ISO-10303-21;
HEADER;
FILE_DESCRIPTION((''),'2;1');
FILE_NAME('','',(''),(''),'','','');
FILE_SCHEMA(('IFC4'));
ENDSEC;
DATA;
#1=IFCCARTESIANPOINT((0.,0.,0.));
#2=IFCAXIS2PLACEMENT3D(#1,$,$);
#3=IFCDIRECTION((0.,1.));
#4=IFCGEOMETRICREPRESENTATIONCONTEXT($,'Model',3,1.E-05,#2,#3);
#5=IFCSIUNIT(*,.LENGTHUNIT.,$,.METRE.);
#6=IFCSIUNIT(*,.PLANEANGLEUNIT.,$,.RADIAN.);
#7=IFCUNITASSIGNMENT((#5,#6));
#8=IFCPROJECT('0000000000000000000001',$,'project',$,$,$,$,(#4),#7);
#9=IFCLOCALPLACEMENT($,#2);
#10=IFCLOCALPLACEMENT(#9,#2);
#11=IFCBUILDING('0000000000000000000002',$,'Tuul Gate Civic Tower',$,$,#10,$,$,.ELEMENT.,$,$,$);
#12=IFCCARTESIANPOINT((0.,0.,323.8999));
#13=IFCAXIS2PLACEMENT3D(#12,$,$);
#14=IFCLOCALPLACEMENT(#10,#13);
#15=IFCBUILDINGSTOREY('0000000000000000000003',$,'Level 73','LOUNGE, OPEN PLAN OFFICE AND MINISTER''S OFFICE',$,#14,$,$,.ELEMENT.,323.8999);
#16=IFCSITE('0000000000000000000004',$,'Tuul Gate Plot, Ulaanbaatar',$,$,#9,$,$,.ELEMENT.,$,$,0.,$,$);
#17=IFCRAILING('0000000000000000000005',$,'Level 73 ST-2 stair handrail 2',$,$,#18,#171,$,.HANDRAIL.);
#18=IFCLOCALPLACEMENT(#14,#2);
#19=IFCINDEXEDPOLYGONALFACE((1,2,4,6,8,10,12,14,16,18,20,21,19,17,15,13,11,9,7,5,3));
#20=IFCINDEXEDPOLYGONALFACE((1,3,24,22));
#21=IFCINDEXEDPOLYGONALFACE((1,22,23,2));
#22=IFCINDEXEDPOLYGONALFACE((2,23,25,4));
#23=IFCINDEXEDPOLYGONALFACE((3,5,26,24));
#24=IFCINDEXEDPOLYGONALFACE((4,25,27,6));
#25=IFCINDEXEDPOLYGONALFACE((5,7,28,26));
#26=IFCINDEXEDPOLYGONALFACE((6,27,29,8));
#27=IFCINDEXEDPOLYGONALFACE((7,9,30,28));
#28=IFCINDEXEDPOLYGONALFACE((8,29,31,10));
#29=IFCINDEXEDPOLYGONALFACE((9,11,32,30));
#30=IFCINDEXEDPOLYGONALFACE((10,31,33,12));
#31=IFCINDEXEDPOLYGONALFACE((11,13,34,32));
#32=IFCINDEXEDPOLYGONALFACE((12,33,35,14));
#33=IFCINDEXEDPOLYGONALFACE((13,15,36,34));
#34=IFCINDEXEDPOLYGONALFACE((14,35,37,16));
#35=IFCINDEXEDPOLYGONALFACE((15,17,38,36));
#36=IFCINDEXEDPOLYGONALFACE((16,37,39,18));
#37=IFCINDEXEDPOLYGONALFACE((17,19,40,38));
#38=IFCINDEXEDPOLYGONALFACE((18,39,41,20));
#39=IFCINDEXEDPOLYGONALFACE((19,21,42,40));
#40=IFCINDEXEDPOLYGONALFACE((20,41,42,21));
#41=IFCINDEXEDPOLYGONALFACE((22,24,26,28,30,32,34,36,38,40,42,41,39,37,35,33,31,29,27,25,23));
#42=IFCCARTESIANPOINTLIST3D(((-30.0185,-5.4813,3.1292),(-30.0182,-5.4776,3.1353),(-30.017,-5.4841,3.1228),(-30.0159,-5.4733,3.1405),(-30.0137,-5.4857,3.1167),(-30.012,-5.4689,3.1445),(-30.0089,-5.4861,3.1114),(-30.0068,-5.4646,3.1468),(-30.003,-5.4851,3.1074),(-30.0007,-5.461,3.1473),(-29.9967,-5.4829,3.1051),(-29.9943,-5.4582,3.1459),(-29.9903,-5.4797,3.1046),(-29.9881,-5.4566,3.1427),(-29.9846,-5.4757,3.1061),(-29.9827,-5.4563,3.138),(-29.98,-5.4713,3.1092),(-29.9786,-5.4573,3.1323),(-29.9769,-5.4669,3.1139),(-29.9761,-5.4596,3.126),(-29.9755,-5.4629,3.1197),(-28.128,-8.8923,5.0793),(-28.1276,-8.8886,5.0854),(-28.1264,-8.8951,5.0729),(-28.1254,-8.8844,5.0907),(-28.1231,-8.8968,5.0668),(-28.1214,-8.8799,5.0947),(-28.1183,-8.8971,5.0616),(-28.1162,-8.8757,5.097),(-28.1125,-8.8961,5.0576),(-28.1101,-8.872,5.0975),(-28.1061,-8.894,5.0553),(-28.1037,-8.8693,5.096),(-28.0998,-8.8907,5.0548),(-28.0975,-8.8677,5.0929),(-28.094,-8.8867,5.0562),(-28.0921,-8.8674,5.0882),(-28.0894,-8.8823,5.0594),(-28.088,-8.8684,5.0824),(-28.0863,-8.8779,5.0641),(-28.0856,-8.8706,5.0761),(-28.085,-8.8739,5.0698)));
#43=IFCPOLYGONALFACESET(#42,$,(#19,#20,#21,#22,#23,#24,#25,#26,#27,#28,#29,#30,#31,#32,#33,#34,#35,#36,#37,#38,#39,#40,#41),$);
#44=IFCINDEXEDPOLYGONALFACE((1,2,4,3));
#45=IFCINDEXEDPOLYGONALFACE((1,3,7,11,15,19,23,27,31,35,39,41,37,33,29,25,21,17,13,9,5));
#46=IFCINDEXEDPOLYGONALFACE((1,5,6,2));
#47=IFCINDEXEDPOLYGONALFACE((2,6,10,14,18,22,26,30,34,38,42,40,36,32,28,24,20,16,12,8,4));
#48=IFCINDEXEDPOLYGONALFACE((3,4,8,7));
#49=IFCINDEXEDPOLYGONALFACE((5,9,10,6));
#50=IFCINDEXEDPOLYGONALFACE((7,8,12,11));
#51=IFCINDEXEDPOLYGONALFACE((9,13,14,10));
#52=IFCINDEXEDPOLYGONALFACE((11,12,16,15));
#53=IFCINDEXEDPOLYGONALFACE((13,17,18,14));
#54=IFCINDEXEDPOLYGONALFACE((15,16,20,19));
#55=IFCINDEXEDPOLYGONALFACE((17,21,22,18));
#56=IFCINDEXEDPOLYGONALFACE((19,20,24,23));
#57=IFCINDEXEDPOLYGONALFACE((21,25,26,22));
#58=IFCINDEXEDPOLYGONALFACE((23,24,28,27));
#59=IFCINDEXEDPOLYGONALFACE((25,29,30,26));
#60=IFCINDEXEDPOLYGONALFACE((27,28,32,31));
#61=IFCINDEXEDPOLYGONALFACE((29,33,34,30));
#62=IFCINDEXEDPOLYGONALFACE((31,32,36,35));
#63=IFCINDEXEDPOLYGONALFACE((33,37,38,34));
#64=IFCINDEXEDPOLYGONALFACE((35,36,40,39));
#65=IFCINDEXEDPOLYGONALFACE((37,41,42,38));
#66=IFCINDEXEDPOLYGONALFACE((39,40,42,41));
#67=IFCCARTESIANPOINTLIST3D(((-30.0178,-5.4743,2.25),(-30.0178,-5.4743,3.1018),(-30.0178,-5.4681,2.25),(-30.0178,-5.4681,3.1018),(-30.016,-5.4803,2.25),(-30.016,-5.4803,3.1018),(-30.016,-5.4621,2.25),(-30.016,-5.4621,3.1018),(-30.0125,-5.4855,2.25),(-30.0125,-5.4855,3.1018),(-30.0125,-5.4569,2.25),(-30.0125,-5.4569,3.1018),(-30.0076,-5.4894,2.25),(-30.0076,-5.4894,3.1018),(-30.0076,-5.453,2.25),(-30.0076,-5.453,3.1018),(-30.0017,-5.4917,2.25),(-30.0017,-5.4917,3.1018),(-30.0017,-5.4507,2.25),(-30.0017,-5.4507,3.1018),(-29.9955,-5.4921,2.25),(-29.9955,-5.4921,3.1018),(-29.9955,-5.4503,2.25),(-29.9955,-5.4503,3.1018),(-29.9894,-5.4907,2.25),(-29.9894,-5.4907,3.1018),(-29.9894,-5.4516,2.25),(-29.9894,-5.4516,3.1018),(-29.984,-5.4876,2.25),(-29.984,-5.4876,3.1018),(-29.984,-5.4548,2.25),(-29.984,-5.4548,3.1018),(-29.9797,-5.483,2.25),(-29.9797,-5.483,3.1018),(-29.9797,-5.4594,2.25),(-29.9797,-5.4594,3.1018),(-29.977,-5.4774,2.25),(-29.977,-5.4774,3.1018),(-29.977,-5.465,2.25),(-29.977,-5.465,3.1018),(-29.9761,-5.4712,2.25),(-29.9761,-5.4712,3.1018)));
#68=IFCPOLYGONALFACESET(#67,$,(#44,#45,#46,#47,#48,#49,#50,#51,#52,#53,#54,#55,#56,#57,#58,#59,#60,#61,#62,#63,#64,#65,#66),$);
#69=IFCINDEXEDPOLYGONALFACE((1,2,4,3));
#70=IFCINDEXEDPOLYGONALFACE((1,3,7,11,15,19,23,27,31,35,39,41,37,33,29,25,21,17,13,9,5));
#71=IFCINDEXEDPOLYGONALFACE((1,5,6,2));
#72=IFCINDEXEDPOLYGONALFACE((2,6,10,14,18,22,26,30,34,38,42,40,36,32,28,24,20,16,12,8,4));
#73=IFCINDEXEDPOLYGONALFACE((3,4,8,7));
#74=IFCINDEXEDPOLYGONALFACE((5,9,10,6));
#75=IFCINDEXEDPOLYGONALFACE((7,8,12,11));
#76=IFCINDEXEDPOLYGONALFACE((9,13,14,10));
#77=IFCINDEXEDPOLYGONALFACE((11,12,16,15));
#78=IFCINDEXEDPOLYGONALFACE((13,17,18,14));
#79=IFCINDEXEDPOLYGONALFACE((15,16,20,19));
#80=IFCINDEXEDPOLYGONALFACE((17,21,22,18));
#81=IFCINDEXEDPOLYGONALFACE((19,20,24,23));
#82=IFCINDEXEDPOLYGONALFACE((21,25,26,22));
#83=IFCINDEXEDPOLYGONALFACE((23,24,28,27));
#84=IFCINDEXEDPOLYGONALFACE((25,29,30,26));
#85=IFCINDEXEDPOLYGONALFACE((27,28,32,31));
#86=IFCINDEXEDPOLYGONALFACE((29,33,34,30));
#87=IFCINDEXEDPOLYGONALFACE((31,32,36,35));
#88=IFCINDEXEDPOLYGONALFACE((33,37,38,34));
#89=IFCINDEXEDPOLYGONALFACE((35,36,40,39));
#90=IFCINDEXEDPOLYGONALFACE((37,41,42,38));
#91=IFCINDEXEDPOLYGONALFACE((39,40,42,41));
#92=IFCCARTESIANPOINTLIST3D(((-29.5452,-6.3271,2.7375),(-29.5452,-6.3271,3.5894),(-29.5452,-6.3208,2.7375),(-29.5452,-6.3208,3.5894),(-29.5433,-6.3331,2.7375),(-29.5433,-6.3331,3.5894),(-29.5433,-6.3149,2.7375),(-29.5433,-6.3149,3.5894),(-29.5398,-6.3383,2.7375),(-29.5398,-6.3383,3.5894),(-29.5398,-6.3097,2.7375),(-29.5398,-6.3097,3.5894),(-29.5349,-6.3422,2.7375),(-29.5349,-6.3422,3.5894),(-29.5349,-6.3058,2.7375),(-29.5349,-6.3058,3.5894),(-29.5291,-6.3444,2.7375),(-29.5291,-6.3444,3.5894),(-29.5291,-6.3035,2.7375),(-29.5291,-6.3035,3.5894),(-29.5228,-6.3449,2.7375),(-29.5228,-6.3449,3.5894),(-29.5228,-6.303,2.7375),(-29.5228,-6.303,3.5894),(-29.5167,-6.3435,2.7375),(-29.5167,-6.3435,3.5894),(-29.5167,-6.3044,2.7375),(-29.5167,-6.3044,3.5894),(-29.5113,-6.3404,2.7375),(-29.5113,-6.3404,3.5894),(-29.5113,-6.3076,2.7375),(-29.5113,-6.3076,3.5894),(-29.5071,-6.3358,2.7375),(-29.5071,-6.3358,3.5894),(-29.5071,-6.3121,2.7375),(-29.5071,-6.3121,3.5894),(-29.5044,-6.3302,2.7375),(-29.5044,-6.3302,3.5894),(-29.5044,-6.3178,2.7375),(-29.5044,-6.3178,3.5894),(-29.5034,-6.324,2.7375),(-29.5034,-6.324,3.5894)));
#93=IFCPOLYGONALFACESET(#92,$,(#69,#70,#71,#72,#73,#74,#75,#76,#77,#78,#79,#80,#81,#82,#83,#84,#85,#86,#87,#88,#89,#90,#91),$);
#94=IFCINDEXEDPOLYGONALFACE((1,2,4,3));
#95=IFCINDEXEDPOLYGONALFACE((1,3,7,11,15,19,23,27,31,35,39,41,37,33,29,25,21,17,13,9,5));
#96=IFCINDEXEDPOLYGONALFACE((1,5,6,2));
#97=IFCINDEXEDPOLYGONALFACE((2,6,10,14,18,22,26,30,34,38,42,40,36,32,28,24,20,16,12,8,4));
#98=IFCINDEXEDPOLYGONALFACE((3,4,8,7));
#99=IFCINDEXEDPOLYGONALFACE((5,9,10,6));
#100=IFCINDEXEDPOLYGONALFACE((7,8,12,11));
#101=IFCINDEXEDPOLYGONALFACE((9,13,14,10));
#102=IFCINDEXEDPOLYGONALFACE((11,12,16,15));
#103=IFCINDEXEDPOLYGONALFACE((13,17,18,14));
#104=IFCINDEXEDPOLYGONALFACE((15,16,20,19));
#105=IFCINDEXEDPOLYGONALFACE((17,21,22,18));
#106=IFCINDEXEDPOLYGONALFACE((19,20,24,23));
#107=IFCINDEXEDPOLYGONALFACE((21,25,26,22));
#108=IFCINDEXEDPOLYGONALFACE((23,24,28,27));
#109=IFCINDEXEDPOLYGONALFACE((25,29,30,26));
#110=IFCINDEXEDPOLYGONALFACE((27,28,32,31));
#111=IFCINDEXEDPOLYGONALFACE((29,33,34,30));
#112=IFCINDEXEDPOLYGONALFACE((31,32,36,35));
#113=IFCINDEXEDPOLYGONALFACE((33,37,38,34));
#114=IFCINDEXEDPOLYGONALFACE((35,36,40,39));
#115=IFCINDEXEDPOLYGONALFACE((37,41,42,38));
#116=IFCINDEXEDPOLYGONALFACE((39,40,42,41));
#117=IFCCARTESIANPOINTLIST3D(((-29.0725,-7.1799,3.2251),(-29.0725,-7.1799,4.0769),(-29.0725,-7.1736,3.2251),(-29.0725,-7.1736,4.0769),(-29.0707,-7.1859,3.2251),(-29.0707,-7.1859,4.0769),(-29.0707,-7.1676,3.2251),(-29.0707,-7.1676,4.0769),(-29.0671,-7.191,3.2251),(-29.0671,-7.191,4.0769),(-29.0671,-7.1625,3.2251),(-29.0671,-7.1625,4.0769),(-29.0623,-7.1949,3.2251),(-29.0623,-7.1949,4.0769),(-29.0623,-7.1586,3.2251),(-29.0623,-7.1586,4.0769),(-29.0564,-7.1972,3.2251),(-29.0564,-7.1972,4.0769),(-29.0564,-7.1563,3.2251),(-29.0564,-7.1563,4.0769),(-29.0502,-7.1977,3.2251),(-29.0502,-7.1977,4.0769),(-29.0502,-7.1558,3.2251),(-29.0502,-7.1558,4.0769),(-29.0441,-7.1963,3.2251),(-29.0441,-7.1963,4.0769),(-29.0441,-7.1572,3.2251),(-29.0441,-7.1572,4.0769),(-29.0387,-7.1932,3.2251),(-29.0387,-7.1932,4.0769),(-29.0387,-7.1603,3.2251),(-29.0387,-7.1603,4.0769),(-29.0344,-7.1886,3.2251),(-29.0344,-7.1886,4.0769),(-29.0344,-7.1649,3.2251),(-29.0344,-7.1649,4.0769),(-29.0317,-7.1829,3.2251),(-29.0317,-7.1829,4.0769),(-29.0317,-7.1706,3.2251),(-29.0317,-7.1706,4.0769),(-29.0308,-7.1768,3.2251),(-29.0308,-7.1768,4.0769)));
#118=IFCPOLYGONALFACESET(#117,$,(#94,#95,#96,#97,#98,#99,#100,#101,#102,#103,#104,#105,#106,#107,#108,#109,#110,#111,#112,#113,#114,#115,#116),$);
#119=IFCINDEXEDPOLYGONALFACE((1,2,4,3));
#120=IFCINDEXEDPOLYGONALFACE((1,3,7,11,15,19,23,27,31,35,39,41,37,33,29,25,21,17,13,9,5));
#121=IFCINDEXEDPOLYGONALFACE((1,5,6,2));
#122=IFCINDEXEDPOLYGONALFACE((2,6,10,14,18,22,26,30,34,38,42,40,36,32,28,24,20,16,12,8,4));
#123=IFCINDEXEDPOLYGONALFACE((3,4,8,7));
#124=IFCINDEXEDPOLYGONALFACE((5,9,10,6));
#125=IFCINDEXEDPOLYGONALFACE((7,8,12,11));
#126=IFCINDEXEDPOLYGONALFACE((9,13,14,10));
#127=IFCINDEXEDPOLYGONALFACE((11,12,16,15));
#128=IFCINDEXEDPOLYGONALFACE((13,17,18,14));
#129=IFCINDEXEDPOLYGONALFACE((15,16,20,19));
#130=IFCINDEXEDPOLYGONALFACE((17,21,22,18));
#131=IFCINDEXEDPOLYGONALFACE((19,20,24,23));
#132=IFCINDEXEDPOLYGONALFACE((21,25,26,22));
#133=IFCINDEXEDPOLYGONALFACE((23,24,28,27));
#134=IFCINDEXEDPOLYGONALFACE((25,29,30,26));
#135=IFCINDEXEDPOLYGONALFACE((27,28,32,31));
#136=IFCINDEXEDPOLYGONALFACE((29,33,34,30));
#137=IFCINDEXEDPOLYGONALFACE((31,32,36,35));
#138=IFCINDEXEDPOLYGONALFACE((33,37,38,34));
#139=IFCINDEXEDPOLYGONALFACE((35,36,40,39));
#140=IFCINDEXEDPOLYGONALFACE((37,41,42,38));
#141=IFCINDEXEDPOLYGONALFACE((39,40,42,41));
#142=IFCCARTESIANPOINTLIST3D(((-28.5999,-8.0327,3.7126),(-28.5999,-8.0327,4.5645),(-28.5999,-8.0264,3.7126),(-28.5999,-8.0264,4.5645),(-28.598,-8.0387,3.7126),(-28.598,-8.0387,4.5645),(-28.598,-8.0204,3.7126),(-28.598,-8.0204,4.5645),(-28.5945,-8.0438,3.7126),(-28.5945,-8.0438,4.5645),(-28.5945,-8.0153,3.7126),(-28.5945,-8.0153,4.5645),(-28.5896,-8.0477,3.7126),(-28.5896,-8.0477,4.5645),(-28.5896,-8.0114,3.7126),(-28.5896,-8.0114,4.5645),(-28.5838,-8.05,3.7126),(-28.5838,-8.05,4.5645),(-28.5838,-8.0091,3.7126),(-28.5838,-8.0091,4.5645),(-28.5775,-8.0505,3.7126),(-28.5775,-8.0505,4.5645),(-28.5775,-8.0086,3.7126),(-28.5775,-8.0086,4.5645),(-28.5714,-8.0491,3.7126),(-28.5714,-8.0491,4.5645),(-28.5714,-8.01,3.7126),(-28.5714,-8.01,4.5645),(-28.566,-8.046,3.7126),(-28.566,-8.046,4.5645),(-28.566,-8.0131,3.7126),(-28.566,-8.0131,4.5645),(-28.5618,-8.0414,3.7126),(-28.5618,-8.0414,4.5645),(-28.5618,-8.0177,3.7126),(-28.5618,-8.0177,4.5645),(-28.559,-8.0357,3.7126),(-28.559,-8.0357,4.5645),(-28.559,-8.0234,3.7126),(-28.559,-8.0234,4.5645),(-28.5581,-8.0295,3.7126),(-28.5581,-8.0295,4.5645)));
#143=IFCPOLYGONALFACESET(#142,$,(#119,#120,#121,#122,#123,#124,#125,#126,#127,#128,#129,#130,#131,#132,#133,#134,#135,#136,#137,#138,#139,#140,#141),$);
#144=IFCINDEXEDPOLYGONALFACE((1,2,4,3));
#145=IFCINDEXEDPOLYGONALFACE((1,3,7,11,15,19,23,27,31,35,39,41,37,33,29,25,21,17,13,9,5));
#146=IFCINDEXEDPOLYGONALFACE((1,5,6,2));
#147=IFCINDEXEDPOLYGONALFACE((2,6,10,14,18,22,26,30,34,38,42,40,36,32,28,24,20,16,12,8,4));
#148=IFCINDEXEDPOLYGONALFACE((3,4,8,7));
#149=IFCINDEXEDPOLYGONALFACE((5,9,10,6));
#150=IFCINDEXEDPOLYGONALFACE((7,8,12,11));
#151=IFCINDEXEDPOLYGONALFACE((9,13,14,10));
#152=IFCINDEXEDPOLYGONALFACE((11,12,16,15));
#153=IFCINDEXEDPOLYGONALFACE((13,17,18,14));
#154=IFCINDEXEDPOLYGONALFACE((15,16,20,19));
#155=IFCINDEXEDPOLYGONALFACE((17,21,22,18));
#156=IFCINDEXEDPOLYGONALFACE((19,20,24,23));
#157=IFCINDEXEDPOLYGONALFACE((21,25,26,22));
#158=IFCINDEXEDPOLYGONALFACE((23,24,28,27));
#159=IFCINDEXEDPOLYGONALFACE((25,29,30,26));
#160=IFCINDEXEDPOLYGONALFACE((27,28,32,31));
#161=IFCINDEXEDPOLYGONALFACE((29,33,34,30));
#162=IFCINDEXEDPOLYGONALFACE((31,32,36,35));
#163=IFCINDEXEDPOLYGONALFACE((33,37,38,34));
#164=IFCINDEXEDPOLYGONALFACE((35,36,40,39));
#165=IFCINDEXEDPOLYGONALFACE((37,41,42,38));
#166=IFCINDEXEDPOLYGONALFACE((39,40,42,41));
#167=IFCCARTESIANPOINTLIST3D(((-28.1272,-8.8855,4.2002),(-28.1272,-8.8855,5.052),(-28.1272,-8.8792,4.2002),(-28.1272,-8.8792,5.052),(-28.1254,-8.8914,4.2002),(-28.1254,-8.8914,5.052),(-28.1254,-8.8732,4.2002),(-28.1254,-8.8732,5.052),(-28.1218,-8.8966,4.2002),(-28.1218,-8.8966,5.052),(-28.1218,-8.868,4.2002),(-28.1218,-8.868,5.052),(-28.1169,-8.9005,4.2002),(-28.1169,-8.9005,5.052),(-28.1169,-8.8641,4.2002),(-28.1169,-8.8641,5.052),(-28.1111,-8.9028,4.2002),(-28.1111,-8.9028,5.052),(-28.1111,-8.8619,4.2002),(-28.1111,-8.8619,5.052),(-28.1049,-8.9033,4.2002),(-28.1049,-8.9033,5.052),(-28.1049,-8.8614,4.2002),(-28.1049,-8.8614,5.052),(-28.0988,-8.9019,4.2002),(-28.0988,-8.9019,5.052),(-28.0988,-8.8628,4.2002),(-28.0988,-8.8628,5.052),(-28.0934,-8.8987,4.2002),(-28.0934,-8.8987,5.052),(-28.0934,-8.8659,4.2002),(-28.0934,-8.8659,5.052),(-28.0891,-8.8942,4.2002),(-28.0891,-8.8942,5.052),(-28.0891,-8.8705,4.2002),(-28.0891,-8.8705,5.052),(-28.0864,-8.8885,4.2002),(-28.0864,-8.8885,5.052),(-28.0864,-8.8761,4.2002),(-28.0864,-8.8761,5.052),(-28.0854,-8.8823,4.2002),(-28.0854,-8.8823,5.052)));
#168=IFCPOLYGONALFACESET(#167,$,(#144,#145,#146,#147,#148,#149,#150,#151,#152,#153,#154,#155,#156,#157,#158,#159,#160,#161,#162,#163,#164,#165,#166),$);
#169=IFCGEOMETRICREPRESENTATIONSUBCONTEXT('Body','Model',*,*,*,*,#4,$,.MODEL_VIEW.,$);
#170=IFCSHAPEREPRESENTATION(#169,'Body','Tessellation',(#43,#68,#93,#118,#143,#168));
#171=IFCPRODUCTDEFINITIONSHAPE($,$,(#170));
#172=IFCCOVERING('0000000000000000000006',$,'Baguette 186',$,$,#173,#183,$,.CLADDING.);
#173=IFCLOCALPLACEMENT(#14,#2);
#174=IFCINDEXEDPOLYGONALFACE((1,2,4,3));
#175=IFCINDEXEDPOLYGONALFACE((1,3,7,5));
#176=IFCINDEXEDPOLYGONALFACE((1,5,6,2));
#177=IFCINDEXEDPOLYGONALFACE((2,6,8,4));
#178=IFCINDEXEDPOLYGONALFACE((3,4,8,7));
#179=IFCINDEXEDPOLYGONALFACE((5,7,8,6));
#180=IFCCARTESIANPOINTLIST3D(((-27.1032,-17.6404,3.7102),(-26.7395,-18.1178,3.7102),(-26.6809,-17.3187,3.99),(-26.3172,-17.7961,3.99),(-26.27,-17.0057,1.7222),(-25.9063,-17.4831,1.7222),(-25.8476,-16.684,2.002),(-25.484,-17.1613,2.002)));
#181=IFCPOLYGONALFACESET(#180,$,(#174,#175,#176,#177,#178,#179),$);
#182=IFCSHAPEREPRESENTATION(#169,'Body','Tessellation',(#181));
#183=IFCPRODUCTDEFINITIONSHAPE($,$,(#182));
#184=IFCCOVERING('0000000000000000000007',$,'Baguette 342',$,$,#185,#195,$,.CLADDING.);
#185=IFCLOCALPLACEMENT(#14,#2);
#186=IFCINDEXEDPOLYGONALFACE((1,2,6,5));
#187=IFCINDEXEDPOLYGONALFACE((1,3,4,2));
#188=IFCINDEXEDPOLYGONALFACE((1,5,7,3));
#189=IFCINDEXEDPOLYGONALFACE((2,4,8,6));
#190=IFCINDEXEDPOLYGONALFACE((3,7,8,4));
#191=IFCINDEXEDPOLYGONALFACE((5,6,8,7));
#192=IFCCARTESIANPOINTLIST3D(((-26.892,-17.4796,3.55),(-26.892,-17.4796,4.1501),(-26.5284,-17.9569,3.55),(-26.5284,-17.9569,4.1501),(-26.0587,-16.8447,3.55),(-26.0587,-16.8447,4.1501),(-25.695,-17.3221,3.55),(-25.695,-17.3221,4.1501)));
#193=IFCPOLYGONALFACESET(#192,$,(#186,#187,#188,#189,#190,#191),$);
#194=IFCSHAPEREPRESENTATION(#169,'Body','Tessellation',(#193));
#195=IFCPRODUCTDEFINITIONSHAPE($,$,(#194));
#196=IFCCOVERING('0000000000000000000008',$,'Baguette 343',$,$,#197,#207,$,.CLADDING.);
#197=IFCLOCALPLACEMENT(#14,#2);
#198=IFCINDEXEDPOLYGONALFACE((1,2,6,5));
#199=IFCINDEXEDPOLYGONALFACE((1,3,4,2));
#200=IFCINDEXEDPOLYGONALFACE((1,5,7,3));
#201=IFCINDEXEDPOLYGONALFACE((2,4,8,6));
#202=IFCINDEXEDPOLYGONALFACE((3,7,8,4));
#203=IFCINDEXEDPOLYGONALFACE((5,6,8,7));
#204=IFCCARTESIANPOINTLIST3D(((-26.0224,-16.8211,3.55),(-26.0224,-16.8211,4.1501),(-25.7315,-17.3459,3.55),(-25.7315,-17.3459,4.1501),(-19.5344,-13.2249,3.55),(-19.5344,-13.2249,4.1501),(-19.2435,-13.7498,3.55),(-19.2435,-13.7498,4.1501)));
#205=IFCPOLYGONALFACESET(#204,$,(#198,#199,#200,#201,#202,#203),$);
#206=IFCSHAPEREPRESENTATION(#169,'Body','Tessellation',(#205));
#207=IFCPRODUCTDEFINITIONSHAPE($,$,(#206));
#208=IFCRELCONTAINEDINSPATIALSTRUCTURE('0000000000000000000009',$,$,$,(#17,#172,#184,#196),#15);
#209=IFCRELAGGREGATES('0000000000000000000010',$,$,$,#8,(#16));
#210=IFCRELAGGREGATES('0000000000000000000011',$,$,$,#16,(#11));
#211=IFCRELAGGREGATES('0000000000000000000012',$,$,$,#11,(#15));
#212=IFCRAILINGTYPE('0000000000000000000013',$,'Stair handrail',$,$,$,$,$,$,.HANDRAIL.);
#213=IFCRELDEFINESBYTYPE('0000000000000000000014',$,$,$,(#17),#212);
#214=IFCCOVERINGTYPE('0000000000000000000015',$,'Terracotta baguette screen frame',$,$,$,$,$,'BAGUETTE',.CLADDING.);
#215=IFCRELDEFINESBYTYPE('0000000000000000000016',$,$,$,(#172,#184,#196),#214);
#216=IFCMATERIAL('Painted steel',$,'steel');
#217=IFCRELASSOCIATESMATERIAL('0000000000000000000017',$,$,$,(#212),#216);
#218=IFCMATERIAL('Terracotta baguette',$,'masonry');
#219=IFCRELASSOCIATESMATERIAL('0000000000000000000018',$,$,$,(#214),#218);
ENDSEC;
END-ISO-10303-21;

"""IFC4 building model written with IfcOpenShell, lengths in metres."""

from ifc_helpers import new_model, si_unit, direction, frame, origin, origin_2d, place, context, subcontext, project, spatial, rectangle, circle, extrude, material, material_profile, profile_set, type_object, element, save


model = new_model("IFC4")

# Units and contexts
model_context = context("Model", 3, precision=1e-05, world=origin(), true_north=direction((0.0, 1.0)))
body_context = subcontext(model_context, "Body", "Model", "MODEL_VIEW")
ifc_project = project(units=[si_unit("LENGTHUNIT", "METRE"), si_unit("PLANEANGLEUNIT", "RADIAN")], contexts=[model_context])

# Site, building, storey
site_placement = place(None, origin())
site = spatial("IfcSite", under=ifc_project, at=site_placement, Name="Tuul Gate Plot, Ulaanbaatar", CompositionType="ELEMENT", RefElevation=0.0)
building_placement = place(site_placement, origin())
building = spatial("IfcBuilding", under=site, at=building_placement, Name="Tuul Gate Civic Tower", CompositionType="ELEMENT")
storey_placement = place(building_placement, frame((0.0, 0.0, 323.8999)))
storey = spatial("IfcBuildingStorey", under=building, at=storey_placement, Name="Level 73", Description="LOUNGE, OPEN PLAN OFFICE AND MINISTER'S OFFICE", CompositionType="ELEMENT", Elevation=323.8999)

# Railing
ifc_material_1 = material(Name="Painted steel", Category="steel")
railing_type_1 = type_object("IfcRailingType", Name="Stair handrail", PredefinedType="HANDRAIL", material=ifc_material_1)
railing_1_placement = place(storey_placement, frame((-29.9971, -5.4712, 2.25)))
element("IfcRailing", 1, at=railing_1_placement, inside=storey, type_object=railing_type_1, Name="Level 73 ST-2 stair handrail 2", PredefinedType="HANDRAIL", context=body_context, shape_type="SweptSolid", body=[
    extrude(circle(Radius=0.0239, at=origin_2d()), frame((0.0, 0.0, 0.876), z_axis=(0.433585, -0.782289, 0.447246), x_axis=(0.874641, 0.484771, 0.0)), (0.0, 0.0, 1.0), 4.3604),
    extrude(circle(Radius=0.021, at=origin_2d()), origin(), (0.0, 0.0, 1.0), 0.8518),
    extrude(circle(Radius=0.021, at=origin_2d()), frame((0.4727, -0.8528, 0.4875)), (0.0, 0.0, 1.0), 0.8518),
    extrude(circle(Radius=0.021, at=origin_2d()), frame((0.9453, -1.7056, 0.9751)), (0.0, 0.0, 1.0), 0.8518),
    extrude(circle(Radius=0.021, at=origin_2d()), frame((1.418, -2.5583, 1.4626)), (0.0, 0.0, 1.0), 0.8518),
    extrude(circle(Radius=0.021, at=origin_2d()), frame((1.8906, -3.4111, 1.9502)), (0.0, 0.0, 1.0), 0.8518),
])

# Coverings
ifc_material_2 = material(Name="Terracotta baguette", Category="masonry")
ifc_material_profile_1 = material_profile(ifc_material_2, rectangle(XDim=0.6001, YDim=0.6001, at=origin_2d()), Name="Terracotta baguette screen frame")
ifc_profile_set_1 = profile_set([ifc_material_profile_1], Name="Terracotta baguette")
covering_type = type_object("IfcCoveringType", Name="Terracotta baguette screen frame", ElementType="BAGUETTE", PredefinedType="CLADDING", material=ifc_profile_set_1)
covering_1_placement = place(storey_placement, frame((-26.7102, -17.7183, 3.8501), z_axis=(0.37081, 0.28248, -0.884706), x_axis=(-0.605987, 0.795475, 0.0)))
element("IfcCovering", 2, at=covering_1_placement, inside=storey, type_object=covering_type, Name="Baguette 186", PredefinedType="CLADDING", context=body_context, shape_type="SweptSolid", body=[
    extrude(rectangle(XDim=0.6001, YDim=0.6001, at=origin_2d()), origin(), (0.0, 0.0, 1.0), 2.2471),
])
covering_2_placement = place(storey_placement, frame((-26.7102, -17.7183, 3.8501), z_axis=(0.795475, 0.605987, 0.0), x_axis=(-0.605987, 0.795475, 0.0)))
element("IfcCovering", 3, at=covering_2_placement, inside=storey, type_object=covering_type, Name="Baguette 342", PredefinedType="CLADDING", context=body_context, shape_type="SweptSolid", body=[
    extrude(rectangle(XDim=0.6001, YDim=0.6001, at=origin_2d()), origin(), (0.0, 0.0, 1.0), 1.0476),
])
covering_3_placement = place(storey_placement, frame((-25.877, -17.0835, 3.8501), z_axis=(0.87463, 0.48479, 0.0), x_axis=(-0.48479, 0.87463, 0.0)))
element("IfcCovering", 4, at=covering_3_placement, inside=storey, type_object=covering_type, Name="Baguette 343", PredefinedType="CLADDING", context=body_context, shape_type="SweptSolid", body=[
    extrude(rectangle(XDim=0.6001, YDim=0.6001, at=origin_2d()), origin(), (0.0, 0.0, 1.0), 7.418),
])

save(model, "model.ifc")
